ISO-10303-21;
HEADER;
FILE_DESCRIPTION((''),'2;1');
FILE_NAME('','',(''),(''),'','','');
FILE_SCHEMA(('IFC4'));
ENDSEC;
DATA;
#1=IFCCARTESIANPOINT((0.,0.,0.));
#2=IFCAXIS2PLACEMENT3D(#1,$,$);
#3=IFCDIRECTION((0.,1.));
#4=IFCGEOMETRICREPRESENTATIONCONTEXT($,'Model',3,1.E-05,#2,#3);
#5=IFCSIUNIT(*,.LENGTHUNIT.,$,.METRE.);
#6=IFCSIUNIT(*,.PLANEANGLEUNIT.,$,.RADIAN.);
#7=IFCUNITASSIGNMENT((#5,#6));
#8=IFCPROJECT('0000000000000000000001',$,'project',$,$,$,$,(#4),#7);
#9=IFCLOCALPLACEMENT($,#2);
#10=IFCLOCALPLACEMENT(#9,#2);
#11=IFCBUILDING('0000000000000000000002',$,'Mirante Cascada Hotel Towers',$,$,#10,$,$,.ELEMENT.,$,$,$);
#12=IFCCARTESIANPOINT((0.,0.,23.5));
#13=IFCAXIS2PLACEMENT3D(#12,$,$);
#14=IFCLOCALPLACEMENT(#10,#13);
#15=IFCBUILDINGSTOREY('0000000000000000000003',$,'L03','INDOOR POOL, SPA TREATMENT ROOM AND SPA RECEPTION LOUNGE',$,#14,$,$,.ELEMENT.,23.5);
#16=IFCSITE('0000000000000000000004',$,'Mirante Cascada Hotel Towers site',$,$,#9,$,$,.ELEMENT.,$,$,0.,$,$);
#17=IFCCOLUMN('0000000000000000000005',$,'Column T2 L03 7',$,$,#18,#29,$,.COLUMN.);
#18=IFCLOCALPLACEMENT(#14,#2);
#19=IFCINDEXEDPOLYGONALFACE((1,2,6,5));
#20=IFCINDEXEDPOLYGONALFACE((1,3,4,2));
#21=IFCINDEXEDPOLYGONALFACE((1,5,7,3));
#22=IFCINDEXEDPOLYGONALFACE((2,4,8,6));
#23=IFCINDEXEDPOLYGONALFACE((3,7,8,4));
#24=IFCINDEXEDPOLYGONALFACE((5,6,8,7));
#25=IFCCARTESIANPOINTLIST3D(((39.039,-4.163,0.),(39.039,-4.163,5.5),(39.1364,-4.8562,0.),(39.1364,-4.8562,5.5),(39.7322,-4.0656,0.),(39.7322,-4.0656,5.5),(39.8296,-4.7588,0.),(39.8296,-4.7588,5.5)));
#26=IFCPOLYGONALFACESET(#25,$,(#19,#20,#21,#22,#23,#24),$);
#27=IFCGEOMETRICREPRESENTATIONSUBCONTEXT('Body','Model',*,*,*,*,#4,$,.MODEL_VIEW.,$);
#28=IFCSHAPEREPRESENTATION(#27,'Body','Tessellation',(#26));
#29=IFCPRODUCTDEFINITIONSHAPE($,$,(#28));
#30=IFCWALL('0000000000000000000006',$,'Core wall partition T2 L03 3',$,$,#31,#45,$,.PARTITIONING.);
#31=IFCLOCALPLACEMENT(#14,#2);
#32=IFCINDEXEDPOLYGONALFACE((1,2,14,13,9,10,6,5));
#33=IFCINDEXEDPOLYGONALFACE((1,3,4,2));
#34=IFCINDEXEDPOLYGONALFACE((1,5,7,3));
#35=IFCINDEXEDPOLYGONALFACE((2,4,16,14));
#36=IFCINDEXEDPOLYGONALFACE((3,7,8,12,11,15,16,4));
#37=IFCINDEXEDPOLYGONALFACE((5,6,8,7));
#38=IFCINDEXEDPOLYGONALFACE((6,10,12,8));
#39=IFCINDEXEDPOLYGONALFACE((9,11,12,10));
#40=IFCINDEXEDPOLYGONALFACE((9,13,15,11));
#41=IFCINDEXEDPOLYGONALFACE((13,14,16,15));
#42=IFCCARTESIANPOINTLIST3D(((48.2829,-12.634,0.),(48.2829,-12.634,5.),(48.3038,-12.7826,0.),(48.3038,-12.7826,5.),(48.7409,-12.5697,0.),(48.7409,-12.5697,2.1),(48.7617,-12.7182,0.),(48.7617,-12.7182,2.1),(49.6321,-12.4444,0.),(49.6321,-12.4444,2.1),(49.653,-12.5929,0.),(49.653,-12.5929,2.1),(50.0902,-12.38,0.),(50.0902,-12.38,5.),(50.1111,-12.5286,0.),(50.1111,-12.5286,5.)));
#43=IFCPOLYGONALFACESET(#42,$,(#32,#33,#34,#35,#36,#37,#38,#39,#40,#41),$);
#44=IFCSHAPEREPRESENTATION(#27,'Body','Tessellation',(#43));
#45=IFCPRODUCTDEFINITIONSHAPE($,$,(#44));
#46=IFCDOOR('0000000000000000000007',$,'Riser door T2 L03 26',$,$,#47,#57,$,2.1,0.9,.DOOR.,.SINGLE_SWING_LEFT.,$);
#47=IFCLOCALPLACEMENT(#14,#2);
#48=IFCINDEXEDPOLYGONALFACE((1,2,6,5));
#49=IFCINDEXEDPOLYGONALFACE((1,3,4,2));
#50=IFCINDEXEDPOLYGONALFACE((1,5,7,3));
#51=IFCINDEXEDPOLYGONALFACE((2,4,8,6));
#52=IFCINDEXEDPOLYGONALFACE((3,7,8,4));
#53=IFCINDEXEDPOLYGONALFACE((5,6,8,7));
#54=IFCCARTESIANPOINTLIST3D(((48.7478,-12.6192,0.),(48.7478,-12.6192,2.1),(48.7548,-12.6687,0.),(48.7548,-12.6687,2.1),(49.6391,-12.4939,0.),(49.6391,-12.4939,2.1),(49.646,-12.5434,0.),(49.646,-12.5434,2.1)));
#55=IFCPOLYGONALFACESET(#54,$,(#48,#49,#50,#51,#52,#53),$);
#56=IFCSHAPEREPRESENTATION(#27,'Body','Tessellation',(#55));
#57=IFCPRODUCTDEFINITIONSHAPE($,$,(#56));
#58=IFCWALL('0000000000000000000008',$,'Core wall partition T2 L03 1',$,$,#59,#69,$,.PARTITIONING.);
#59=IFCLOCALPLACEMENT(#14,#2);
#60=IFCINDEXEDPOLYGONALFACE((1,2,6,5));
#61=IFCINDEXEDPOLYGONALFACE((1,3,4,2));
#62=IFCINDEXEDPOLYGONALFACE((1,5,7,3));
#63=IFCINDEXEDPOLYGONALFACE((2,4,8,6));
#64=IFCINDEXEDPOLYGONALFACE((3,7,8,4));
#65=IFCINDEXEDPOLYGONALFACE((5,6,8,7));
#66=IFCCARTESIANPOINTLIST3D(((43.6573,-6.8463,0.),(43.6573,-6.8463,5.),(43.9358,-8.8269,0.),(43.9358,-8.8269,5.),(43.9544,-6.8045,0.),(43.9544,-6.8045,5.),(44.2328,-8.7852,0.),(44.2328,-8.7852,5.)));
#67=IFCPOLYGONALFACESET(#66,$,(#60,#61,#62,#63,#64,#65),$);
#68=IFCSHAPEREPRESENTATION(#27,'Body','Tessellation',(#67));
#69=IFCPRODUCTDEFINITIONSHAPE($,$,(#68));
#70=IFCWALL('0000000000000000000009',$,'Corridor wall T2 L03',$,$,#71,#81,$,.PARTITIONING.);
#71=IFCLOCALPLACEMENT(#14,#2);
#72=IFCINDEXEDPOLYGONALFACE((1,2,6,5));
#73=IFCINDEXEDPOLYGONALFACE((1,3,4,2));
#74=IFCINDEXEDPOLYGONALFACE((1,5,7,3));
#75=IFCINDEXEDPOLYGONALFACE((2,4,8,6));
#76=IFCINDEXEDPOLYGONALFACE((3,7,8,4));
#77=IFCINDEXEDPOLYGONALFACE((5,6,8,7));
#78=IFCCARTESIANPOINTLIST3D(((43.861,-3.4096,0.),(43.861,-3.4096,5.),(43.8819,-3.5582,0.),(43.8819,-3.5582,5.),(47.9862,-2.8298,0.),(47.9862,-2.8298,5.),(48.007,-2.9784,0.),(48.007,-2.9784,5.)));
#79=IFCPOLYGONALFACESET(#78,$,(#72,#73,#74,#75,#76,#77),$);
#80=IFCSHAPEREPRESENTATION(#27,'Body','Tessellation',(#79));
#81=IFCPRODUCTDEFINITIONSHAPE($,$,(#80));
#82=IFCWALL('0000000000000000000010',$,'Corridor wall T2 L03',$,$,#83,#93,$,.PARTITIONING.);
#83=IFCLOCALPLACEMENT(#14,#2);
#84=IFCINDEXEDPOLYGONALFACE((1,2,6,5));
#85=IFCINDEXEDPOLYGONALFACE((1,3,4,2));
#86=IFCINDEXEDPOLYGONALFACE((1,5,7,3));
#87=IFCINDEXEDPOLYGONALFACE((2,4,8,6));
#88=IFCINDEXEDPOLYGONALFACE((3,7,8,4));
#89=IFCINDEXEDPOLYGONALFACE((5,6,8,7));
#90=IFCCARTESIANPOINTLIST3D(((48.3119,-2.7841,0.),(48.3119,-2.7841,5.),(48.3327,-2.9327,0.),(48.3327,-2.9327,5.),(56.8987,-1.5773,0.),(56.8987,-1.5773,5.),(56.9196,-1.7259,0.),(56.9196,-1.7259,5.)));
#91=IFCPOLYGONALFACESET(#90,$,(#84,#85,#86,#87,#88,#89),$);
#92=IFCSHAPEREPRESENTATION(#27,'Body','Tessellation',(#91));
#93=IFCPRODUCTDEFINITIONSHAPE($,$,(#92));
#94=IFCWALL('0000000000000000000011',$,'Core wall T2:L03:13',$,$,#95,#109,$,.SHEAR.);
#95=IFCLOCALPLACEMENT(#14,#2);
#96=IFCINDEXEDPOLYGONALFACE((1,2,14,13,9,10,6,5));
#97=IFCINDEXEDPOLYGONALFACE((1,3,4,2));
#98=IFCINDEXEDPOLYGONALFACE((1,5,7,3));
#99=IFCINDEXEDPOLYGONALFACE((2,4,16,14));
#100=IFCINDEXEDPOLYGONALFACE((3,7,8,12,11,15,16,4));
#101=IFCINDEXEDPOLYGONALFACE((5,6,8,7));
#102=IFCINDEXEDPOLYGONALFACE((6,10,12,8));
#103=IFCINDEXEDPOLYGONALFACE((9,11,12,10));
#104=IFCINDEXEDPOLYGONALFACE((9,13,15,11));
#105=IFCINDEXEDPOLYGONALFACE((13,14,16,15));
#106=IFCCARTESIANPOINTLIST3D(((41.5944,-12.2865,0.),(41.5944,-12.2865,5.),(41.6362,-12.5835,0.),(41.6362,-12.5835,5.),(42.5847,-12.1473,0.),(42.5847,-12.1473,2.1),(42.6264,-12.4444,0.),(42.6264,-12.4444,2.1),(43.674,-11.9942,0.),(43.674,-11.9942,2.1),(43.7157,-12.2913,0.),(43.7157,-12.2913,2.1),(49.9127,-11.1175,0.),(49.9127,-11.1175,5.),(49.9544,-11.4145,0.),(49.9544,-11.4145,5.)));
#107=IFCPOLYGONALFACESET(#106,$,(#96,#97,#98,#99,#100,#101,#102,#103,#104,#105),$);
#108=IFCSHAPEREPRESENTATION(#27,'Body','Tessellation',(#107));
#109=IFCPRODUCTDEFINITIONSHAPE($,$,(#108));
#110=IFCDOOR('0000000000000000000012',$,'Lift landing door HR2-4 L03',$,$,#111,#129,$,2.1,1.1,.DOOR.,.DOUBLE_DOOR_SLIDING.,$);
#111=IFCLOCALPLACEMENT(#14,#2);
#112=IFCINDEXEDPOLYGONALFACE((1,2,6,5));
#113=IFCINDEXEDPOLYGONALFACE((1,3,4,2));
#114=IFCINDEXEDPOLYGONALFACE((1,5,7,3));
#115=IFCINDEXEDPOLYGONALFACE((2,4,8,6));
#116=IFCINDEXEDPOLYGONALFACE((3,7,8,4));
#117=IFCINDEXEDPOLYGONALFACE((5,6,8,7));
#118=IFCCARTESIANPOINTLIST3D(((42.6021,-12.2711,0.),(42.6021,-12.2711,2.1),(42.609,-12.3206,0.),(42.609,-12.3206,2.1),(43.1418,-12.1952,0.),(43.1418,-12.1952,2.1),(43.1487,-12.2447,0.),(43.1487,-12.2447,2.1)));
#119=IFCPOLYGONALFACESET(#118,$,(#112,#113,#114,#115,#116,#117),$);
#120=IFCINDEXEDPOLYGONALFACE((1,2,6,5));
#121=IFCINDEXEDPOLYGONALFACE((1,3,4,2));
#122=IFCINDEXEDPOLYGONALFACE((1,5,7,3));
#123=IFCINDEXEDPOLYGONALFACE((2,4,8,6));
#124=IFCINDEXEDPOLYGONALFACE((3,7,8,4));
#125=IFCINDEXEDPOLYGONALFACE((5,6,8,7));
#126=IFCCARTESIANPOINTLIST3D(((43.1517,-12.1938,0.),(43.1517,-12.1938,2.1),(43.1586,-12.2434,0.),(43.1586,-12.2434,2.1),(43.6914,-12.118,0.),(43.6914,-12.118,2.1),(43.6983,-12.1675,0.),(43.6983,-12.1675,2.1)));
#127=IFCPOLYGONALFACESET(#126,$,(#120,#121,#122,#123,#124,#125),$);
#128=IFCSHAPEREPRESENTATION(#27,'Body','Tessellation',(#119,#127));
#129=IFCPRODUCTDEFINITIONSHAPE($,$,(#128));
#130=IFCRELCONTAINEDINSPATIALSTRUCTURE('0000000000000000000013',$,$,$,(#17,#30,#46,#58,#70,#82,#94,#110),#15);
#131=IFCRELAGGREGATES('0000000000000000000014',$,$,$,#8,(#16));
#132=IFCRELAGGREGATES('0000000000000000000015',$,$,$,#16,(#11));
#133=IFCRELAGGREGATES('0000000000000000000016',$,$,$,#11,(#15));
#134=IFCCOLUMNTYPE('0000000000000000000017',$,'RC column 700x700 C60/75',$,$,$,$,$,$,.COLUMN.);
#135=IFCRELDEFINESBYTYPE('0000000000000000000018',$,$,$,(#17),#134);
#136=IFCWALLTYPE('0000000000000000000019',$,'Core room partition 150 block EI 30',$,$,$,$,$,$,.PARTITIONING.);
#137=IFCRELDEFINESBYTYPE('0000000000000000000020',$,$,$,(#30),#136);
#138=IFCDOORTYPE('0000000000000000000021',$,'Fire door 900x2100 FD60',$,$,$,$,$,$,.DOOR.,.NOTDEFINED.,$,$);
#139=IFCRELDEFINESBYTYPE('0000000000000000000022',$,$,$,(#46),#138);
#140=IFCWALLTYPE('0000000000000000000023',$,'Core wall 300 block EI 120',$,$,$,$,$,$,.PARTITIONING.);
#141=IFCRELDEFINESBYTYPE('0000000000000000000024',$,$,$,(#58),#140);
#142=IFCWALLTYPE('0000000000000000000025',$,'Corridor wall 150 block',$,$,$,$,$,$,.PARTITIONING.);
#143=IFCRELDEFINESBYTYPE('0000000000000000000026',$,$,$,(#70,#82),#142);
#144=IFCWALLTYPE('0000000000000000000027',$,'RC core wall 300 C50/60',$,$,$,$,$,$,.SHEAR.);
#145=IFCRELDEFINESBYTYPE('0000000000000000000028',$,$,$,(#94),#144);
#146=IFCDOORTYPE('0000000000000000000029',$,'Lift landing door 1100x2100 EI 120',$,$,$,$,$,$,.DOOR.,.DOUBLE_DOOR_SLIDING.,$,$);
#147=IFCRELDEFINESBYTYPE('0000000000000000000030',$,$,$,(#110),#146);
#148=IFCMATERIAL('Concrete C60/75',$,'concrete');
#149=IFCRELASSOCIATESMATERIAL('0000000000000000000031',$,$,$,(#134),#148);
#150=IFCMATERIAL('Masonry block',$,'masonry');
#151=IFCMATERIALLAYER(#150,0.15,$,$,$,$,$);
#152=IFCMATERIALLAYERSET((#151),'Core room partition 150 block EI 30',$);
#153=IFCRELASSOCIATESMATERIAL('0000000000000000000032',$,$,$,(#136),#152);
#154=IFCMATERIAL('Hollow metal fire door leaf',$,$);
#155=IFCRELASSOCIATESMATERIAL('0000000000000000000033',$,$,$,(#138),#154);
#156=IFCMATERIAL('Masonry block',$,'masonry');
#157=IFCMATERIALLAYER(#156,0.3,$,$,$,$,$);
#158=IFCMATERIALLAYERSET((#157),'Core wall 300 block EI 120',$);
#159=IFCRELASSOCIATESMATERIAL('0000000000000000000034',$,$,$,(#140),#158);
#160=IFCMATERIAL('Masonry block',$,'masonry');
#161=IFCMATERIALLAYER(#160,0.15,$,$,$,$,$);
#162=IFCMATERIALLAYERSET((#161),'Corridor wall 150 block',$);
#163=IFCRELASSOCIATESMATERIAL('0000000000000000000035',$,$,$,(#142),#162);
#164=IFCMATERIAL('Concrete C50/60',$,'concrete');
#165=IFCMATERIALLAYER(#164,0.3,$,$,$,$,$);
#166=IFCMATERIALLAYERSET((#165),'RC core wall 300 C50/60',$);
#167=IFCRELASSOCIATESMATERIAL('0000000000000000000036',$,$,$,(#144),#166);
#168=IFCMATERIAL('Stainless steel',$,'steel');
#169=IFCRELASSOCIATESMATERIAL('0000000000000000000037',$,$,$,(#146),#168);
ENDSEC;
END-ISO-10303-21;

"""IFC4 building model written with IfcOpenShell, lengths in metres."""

from ifc_helpers import new_model, si_unit, direction, frame, frame_2d, origin, origin_2d, place, context, subcontext, project, spatial, rectangle, extrude, material, layer, layer_set, material_profile, profile_set, type_object, element, fill, save


model = new_model("IFC4")

# Units and contexts
model_context = context("Model", 3, precision=1e-05, world=origin(), true_north=direction((0.0, 1.0)))
body_context = subcontext(model_context, "Body", "Model", "MODEL_VIEW")
ifc_project = project(units=[si_unit("LENGTHUNIT", "METRE"), si_unit("PLANEANGLEUNIT", "RADIAN")], contexts=[model_context])

# Site, building, storey
site_placement = place(None, origin())
site = spatial("IfcSite", under=ifc_project, at=site_placement, Name="Mirante Cascada Hotel Towers site", CompositionType="ELEMENT", RefElevation=0.0)
building_placement = place(site_placement, origin())
building = spatial("IfcBuilding", under=site, at=building_placement, Name="Mirante Cascada Hotel Towers", CompositionType="ELEMENT")
storey_placement = place(building_placement, frame((0.0, 0.0, 23.5)))
storey = spatial("IfcBuildingStorey", under=building, at=storey_placement, Name="L03", Description="INDOOR POOL, SPA TREATMENT ROOM AND SPA RECEPTION LOUNGE", CompositionType="ELEMENT", Elevation=23.5)

# Column
ifc_material_1 = material(Name="Concrete C60/75", Category="concrete")
ifc_material_profile = material_profile(ifc_material_1, rectangle(XDim=0.7, YDim=0.7, at=origin_2d()), Name="RC column 700x700 C60/75")
ifc_profile_set = profile_set([ifc_material_profile], Name="Concrete C60/75")
column_type = type_object("IfcColumnType", Name="RC column 700x700 C60/75", PredefinedType="COLUMN", material=ifc_profile_set)
column_placement = place(storey_placement, frame((39.4343, -4.4609, 0.0), z_axis=(0.0, 0.0, 1.0), x_axis=(0.990268, 0.139173, 0.0)))
element("IfcColumn", 1, at=column_placement, inside=storey, type_object=column_type, Name="Column T2 L03 7", PredefinedType="COLUMN", context=body_context, shape_type="SweptSolid", body=[
    extrude(rectangle(XDim=0.7, YDim=0.7, at=origin_2d()), origin(), (0.0, 0.0, 1.0), 5.5),
])

# Wall, opening, door
ifc_material_2 = material(Name="Masonry block", Category="masonry")
ifc_layer_1 = layer(ifc_material_2, 0.15)
ifc_layer_set_1 = layer_set([ifc_layer_1], Name="Core room partition 150 block EI 30")
wall_type_1 = type_object("IfcWallType", Name="Core room partition 150 block EI 30", PredefinedType="PARTITIONING", material=ifc_layer_set_1)
wall_1_placement = place(storey_placement, frame((48.2933, -12.7083, 0.0), z_axis=(0.0, 0.0, 1.0), x_axis=(0.990268, 0.139173, 0.0)))
wall_1 = element("IfcWall", 2, at=wall_1_placement, inside=storey, type_object=wall_type_1, Name="Core wall partition T2 L03 3", PredefinedType="PARTITIONING", context=body_context, shape_type="SweptSolid", body=[
    extrude(rectangle(XDim=1.8251, YDim=0.15, at=frame_2d((0.9126, 0.0))), origin(), (0.0, 0.0, 1.0), 5.0),
])
opening_1_placement = place(wall_1_placement, frame((0.4625, 0.0, 0.0)))
opening_1 = element("IfcOpeningElement", 3, at=opening_1_placement, cuts=wall_1, PredefinedType="OPENING", context=body_context, shape_type="SweptSolid", body=[
    extrude(rectangle(XDim=0.9, YDim=2.1, at=frame_2d((0.45, 1.05))), frame((0.0, 0.075, 0.0), z_axis=(0.0, -1.0, 0.0), x_axis=(1.0, 0.0, 0.0)), (0.0, 0.0, 1.0), 0.15),
])
ifc_material_3 = material(Name="Hollow metal fire door leaf")
door_type_1 = type_object("IfcDoorType", Name="Fire door 900x2100 FD60", OperationType="NOTDEFINED", PredefinedType="DOOR", material=ifc_material_3)
door_1_placement = place(opening_1_placement, frame((0.9, 0.0, 0.0), z_axis=(0.0, 0.0, 1.0), x_axis=(-1.0, 0.0, 0.0)))
door_1 = element("IfcDoor", 4, at=door_1_placement, inside=storey, type_object=door_type_1, Name="Riser door T2 L03 26", OperationType="SINGLE_SWING_LEFT", OverallHeight=2.1, OverallWidth=0.9, PredefinedType="DOOR", context=body_context, shape_type="SweptSolid", body=[
    extrude(rectangle(XDim=0.9, YDim=2.1, at=frame_2d((0.45, 1.05))), frame((0.0, 0.025, 0.0), z_axis=(0.0, -1.0, 0.0), x_axis=(1.0, 0.0, 0.0)), (0.0, 0.0, 1.0), 0.05),
])
fill(opening_1, door_1)

# Walls
ifc_material_4 = material(Name="Masonry block", Category="masonry")
ifc_layer_2 = layer(ifc_material_4, 0.3)
ifc_layer_set_2 = layer_set([ifc_layer_2], Name="Core wall 300 block EI 120")
wall_type_2 = type_object("IfcWallType", Name="Core wall 300 block EI 120", PredefinedType="PARTITIONING", material=ifc_layer_set_2)
wall_2_placement = place(storey_placement, frame((44.0843, -8.8061, 0.0), z_axis=(0.0, 0.0, 1.0), x_axis=(-0.139195, 0.990265, 0.0)))
element("IfcWall", 5, at=wall_2_placement, inside=storey, type_object=wall_type_2, Name="Core wall partition T2 L03 1", PredefinedType="PARTITIONING", context=body_context, shape_type="SweptSolid", body=[
    extrude(rectangle(XDim=2.0001, YDim=0.3, at=frame_2d((1.0001, 0.0))), origin(), (0.0, 0.0, 1.0), 5.0),
])
ifc_material_5 = material(Name="Masonry block", Category="masonry")
ifc_layer_3 = layer(ifc_material_5, 0.15)
ifc_layer_set_3 = layer_set([ifc_layer_3], Name="Corridor wall 150 block")
wall_type_3 = type_object("IfcWallType", Name="Corridor wall 150 block", PredefinedType="PARTITIONING", material=ifc_layer_set_3)
wall_3_placement = place(storey_placement, frame((43.8715, -3.4839, 0.0), z_axis=(0.0, 0.0, 1.0), x_axis=(0.990267, 0.139183, 0.0)))
element("IfcWall", 6, at=wall_3_placement, inside=storey, type_object=wall_type_3, Name="Corridor wall T2 L03", PredefinedType="PARTITIONING", context=body_context, shape_type="SweptSolid", body=[
    extrude(rectangle(XDim=4.1657, YDim=0.15, at=frame_2d((2.0828, 0.0))), origin(), (0.0, 0.0, 1.0), 5.0),
])
wall_4_placement = place(storey_placement, frame((48.3223, -2.8584, 0.0), z_axis=(0.0, 0.0, 1.0), x_axis=(0.990268, 0.139174, 0.0)))
element("IfcWall", 7, at=wall_4_placement, inside=storey, type_object=wall_type_3, Name="Corridor wall T2 L03", PredefinedType="PARTITIONING", context=body_context, shape_type="SweptSolid", body=[
    extrude(rectangle(XDim=8.6712, YDim=0.15, at=frame_2d((4.3356, 0.0))), origin(), (0.0, 0.0, 1.0), 5.0),
])

# Wall, opening, door
ifc_material_6 = material(Name="Concrete C50/60", Category="concrete")
ifc_layer_4 = layer(ifc_material_6, 0.3)
ifc_layer_set_4 = layer_set([ifc_layer_4], Name="RC core wall 300 C50/60")
wall_type_4 = type_object("IfcWallType", Name="RC core wall 300 C50/60", PredefinedType="SHEAR", material=ifc_layer_set_4)
wall_5_placement = place(storey_placement, frame((41.6153, -12.435, 0.0), z_axis=(0.0, 0.0, 1.0), x_axis=(0.990269, 0.139166, 0.0)))
wall_5 = element("IfcWall", 8, at=wall_5_placement, inside=storey, type_object=wall_type_4, Name="Core wall T2:L03:13", PredefinedType="SHEAR", context=body_context, shape_type="SweptSolid", body=[
    extrude(rectangle(XDim=8.4, YDim=0.3, at=frame_2d((4.2, 0.0))), origin(), (0.0, 0.0, 1.0), 5.0),
])
opening_2_placement = place(wall_5_placement, frame((1.0, 0.0, 0.0)))
opening_2 = element("IfcOpeningElement", 9, at=opening_2_placement, cuts=wall_5, PredefinedType="OPENING", context=body_context, shape_type="SweptSolid", body=[
    extrude(rectangle(XDim=1.1, YDim=2.1, at=frame_2d((0.55, 1.05))), frame((0.0, 0.15, 0.0), z_axis=(0.0, -1.0, 0.0), x_axis=(1.0, 0.0, 0.0)), (0.0, 0.0, 1.0), 0.3),
])
ifc_material_7 = material(Name="Stainless steel", Category="steel")
door_type_2 = type_object("IfcDoorType", Name="Lift landing door 1100x2100 EI 120", OperationType="DOUBLE_DOOR_SLIDING", PredefinedType="DOOR", material=ifc_material_7)
door_2_placement = place(opening_2_placement, origin())
door_2 = element("IfcDoor", 10, at=door_2_placement, inside=storey, type_object=door_type_2, Name="Lift landing door HR2-4 L03", OperationType="DOUBLE_DOOR_SLIDING", OverallHeight=2.1, OverallWidth=1.1, PredefinedType="DOOR", context=body_context, shape_type="SweptSolid", body=[
    extrude(rectangle(XDim=0.545, YDim=2.1, at=frame_2d((0.2725, 1.05))), frame((0.0, 0.025, 0.0), z_axis=(0.0, -1.0, 0.0), x_axis=(1.0, 0.0, 0.0)), (0.0, 0.0, 1.0), 0.05),
    extrude(rectangle(XDim=0.545, YDim=2.1, at=frame_2d((0.8275, 1.05))), frame((0.0, 0.025, 0.0), z_axis=(0.0, -1.0, 0.0), x_axis=(1.0, 0.0, 0.0)), (0.0, 0.0, 1.0), 0.05),
])
fill(opening_2, door_2)

save(model, "model.ifc")
